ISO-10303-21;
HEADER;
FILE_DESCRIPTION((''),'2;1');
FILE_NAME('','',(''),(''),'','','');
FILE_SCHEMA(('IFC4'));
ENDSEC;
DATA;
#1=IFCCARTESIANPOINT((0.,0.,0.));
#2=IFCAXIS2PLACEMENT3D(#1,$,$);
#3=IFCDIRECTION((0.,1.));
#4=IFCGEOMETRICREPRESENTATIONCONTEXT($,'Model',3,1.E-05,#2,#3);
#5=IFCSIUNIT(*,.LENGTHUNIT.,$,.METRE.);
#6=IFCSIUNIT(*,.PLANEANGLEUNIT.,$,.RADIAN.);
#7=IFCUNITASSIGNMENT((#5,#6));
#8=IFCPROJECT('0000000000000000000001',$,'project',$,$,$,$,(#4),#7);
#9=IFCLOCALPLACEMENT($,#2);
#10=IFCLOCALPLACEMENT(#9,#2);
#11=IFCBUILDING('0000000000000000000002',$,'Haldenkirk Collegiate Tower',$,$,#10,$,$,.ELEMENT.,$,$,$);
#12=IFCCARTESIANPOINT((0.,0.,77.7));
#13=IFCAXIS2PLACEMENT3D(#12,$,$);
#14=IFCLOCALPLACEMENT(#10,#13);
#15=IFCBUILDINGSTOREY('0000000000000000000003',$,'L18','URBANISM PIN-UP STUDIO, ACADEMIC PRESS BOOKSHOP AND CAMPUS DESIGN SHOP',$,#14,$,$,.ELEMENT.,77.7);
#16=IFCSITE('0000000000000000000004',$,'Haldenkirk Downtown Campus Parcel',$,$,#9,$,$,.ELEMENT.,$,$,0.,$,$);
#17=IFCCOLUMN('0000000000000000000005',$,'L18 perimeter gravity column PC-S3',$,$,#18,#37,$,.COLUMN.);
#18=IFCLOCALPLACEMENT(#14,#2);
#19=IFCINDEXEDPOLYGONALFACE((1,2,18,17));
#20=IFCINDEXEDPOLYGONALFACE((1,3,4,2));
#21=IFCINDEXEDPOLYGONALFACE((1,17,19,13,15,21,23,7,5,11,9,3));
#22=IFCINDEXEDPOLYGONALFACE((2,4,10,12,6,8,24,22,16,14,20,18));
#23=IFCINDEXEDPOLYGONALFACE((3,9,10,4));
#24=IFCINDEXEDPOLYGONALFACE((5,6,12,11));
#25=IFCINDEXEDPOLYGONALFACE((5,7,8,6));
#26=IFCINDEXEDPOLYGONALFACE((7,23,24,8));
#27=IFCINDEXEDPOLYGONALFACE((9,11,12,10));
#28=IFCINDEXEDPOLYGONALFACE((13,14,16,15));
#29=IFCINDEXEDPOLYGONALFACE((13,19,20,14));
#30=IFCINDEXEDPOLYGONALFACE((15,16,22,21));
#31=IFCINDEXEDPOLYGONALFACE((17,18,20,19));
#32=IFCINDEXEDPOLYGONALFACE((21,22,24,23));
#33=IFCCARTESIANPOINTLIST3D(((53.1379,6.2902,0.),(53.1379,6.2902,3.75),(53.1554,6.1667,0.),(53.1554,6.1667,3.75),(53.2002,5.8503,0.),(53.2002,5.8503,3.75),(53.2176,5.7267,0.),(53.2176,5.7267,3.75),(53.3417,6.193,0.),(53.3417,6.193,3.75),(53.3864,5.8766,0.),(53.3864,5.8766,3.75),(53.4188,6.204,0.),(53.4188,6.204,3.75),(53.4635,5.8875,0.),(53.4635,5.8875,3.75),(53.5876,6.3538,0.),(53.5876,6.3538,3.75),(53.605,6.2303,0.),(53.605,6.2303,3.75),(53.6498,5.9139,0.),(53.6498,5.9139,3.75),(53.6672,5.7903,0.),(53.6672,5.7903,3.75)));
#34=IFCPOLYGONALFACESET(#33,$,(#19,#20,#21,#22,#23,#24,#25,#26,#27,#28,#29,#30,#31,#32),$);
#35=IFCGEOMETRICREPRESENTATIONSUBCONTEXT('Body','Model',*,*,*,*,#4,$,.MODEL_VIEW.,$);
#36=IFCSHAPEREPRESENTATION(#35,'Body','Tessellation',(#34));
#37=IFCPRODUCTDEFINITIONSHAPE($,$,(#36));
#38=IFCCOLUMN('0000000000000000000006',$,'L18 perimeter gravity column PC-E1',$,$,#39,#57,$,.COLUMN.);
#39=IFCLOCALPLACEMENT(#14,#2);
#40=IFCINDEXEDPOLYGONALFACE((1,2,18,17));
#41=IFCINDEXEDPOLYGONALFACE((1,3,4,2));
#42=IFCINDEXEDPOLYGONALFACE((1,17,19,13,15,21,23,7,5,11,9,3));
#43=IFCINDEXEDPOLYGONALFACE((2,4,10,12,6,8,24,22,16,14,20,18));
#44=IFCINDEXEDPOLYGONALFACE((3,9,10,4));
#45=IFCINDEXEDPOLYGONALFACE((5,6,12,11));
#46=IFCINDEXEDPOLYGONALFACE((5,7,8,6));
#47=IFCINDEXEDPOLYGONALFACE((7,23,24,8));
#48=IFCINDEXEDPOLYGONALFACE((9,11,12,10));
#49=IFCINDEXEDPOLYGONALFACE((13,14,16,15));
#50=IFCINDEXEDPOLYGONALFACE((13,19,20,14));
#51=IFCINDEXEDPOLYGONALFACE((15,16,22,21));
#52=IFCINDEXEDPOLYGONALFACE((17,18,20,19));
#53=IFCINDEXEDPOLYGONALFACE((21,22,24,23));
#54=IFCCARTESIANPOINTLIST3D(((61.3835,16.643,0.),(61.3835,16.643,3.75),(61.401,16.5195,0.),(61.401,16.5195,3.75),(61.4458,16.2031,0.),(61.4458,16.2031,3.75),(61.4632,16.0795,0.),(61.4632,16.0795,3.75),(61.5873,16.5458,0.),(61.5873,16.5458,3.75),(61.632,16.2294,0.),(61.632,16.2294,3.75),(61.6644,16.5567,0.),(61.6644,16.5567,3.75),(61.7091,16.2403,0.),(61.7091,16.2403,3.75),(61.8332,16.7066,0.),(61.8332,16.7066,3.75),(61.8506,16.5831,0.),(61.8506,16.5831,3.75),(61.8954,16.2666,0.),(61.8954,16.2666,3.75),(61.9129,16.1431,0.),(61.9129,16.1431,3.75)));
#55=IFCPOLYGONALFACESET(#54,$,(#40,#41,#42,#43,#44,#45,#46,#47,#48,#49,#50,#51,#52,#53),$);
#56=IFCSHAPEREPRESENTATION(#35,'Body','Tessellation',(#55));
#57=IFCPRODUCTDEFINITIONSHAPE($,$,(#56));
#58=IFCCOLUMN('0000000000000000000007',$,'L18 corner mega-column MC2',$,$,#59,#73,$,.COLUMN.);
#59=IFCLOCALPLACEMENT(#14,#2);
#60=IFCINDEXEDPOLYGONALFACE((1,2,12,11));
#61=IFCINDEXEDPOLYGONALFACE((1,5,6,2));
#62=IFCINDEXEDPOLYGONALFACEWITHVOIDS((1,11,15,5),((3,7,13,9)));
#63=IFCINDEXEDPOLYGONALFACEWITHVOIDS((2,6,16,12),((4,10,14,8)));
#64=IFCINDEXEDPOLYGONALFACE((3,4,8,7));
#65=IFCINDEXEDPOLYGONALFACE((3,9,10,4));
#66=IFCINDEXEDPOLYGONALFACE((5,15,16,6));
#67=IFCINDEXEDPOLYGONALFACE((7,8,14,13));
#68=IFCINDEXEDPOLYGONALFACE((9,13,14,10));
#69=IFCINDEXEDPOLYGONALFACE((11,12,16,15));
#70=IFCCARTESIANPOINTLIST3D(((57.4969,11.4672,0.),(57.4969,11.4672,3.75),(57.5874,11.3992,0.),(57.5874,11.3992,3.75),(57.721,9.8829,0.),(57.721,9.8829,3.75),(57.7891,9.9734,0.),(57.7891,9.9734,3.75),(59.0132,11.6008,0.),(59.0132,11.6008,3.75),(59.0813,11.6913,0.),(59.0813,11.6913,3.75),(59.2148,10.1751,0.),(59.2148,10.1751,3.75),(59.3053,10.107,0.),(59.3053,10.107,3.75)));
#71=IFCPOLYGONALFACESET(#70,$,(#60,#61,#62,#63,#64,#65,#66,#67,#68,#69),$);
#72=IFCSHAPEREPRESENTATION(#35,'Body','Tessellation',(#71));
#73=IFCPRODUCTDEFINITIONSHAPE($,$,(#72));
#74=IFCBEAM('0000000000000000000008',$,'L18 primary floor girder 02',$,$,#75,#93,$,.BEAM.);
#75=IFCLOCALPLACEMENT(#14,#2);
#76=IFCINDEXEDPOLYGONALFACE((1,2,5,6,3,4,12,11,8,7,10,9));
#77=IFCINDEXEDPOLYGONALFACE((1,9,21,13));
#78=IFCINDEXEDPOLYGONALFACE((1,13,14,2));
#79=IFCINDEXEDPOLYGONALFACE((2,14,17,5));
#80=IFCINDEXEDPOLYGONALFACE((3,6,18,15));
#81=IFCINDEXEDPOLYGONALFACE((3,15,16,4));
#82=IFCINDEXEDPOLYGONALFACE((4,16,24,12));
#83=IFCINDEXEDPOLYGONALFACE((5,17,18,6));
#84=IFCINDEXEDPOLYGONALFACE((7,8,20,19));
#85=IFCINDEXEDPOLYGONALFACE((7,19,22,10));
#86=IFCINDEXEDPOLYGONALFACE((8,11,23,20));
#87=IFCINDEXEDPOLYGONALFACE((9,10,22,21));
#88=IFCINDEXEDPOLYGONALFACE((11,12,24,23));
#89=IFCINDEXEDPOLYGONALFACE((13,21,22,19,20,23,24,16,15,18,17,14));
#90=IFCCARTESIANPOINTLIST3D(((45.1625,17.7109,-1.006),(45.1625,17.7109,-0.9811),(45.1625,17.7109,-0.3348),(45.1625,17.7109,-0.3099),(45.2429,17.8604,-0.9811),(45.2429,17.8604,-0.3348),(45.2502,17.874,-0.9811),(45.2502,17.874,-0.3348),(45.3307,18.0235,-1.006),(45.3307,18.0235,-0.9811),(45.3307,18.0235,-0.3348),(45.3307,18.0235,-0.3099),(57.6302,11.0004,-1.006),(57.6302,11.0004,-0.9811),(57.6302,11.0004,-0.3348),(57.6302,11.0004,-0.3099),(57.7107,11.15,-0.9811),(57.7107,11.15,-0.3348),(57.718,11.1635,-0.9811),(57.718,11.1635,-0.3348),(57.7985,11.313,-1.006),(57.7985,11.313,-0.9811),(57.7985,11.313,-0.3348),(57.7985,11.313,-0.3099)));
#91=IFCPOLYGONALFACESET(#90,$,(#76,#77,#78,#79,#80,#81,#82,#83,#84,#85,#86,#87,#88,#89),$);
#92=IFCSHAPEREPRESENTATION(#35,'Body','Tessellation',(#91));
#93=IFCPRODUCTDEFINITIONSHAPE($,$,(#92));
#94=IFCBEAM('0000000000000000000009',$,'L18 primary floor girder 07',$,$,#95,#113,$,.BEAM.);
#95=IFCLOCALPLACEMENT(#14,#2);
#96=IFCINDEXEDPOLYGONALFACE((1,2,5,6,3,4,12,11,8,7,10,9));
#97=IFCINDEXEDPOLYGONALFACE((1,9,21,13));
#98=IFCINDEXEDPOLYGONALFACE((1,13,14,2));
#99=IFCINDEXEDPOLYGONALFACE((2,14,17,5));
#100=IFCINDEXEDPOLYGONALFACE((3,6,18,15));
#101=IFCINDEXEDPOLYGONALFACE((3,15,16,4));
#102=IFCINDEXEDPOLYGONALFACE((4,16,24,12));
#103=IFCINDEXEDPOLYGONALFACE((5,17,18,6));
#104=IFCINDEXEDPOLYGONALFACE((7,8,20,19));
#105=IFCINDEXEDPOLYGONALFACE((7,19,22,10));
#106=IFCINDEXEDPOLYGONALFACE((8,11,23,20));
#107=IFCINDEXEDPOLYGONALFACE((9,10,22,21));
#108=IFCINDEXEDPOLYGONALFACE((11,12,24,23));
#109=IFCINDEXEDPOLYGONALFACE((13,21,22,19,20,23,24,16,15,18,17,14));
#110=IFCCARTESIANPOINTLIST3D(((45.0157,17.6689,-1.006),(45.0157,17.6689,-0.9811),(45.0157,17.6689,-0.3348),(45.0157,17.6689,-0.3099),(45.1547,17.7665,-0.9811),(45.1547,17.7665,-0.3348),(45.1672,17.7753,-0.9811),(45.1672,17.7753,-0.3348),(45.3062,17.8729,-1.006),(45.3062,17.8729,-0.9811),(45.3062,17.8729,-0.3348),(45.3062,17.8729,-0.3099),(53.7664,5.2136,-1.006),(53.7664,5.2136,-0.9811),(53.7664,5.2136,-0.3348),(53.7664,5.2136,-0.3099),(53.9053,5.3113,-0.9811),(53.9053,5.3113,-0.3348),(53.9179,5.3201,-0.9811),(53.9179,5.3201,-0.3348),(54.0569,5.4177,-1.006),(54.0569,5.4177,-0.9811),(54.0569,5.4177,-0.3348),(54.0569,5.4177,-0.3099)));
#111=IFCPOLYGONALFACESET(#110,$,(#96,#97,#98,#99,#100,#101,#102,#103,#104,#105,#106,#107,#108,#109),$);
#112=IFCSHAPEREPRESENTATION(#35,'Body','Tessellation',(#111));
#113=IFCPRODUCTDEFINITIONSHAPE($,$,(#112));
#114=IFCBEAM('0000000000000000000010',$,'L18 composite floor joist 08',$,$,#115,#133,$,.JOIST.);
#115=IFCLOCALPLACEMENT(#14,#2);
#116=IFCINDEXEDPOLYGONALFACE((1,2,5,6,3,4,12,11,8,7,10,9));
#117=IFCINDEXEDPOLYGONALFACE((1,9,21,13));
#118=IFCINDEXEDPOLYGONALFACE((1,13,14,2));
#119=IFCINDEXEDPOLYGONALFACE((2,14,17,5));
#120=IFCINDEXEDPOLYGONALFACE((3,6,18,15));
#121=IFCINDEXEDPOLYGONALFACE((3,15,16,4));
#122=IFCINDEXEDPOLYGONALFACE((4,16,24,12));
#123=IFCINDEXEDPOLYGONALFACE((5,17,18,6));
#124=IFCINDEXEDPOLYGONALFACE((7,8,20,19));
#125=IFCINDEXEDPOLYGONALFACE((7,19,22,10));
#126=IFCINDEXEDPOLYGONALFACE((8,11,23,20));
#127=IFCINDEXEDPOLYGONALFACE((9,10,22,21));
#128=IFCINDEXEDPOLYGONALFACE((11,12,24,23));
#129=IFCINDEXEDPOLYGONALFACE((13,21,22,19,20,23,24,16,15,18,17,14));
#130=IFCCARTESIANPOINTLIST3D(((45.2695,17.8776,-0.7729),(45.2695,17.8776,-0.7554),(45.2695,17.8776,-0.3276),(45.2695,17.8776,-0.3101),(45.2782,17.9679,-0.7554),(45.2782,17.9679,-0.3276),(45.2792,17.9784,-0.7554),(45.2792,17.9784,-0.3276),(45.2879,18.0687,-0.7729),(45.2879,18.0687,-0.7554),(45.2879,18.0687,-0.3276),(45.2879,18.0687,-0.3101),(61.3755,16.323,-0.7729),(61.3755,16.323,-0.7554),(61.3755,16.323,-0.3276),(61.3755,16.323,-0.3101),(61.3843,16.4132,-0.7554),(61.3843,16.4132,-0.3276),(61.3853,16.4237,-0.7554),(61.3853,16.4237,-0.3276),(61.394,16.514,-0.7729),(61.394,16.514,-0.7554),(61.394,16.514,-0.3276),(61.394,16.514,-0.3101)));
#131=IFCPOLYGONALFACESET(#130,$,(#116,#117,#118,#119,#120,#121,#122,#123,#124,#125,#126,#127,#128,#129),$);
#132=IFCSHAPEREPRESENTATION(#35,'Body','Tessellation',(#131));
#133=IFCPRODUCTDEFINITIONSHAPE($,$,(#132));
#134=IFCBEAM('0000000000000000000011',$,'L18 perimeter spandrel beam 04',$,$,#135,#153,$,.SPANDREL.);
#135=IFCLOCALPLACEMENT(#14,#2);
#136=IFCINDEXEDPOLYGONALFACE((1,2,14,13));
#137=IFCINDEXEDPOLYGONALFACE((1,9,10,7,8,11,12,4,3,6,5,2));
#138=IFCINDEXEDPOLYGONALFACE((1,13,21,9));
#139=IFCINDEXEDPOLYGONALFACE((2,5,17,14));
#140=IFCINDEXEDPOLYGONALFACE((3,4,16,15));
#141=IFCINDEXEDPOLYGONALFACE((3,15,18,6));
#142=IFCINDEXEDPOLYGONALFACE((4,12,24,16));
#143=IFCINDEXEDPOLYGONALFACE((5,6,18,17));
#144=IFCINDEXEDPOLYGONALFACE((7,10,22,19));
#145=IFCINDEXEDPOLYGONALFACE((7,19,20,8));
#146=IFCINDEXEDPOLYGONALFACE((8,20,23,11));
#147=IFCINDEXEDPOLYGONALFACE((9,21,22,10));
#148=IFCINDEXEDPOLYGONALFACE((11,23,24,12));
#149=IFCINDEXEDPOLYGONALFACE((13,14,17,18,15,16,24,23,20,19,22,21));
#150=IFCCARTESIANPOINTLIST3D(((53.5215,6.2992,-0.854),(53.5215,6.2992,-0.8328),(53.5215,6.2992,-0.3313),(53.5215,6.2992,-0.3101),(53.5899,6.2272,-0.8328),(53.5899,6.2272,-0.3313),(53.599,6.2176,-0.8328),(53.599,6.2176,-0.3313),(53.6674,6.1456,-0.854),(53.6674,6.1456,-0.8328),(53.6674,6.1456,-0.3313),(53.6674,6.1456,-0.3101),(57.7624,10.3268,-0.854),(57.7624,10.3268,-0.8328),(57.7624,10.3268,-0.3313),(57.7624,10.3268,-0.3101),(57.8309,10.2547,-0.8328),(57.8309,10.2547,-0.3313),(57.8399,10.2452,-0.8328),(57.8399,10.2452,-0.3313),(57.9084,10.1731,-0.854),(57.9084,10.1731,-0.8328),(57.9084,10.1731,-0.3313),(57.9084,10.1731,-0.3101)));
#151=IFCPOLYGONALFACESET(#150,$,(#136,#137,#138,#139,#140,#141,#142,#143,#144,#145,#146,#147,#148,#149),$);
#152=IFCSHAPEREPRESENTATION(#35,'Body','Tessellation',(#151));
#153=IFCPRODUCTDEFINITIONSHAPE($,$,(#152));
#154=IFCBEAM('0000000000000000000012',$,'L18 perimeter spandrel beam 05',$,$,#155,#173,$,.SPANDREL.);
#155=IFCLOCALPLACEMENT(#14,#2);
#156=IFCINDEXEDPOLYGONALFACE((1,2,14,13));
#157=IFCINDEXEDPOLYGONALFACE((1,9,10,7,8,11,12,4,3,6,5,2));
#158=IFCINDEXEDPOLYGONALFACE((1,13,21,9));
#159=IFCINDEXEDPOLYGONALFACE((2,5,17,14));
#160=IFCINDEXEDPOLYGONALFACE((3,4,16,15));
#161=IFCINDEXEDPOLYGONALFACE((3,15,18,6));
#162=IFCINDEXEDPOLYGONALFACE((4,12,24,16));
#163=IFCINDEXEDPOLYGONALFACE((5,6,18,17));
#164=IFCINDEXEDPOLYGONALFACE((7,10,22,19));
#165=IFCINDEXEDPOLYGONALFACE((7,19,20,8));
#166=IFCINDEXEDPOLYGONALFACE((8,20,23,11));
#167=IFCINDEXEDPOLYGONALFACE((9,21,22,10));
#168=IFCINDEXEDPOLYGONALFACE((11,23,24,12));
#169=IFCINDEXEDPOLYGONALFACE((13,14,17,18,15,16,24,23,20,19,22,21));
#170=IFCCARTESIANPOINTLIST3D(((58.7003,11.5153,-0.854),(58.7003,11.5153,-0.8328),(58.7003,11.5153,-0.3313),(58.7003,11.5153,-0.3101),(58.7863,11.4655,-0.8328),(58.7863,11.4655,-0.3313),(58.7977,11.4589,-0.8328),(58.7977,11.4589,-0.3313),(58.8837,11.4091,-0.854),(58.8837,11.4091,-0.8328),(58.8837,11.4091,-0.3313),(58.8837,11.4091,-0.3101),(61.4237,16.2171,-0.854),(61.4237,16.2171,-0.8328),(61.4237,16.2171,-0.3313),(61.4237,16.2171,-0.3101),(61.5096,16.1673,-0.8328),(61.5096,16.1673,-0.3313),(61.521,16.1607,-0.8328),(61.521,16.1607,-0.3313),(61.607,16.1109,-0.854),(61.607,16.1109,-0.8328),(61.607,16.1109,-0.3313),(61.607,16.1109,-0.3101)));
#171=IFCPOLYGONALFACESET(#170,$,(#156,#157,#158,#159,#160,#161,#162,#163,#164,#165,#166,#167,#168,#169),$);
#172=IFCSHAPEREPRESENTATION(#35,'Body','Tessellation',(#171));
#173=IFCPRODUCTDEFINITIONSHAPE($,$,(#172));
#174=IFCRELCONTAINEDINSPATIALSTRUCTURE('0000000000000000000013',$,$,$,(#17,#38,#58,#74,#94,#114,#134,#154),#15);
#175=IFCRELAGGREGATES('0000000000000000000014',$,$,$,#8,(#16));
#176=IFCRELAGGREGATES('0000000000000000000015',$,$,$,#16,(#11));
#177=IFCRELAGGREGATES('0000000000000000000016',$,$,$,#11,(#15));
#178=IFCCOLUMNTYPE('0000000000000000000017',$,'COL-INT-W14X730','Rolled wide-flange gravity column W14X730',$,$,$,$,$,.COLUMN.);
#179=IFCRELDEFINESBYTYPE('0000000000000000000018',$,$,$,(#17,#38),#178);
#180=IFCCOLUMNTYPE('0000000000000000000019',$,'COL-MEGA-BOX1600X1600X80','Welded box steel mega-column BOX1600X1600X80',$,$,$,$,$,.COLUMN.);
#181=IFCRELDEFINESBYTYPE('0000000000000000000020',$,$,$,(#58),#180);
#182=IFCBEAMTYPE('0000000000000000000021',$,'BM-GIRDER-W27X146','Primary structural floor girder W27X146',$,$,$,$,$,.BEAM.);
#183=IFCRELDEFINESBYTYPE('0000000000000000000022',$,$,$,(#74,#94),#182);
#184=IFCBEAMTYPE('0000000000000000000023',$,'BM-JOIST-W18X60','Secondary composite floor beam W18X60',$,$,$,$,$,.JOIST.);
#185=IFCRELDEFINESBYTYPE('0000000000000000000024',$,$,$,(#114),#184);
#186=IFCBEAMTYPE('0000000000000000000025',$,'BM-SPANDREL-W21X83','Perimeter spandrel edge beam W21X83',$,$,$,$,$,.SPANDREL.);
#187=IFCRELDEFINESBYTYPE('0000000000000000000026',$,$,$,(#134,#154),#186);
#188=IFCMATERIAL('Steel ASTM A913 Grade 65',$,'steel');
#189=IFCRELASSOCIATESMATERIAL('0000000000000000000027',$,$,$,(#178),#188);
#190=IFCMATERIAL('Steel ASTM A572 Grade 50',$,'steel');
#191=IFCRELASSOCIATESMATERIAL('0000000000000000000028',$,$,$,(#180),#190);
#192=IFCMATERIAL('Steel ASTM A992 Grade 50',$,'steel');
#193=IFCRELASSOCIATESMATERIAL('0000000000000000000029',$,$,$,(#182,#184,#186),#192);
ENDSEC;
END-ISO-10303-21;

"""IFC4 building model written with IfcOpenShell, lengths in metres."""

from ifc_helpers import new_model, si_unit, direction, frame, origin, origin_2d, place, context, subcontext, project, spatial, hollow_rectangle, i_section, extrude, material, material_profile, profile_set, type_object, element, save


model = new_model("IFC4")

# Units and contexts
model_context = context("Model", 3, precision=1e-05, world=origin(), true_north=direction((0.0, 1.0)))
body_context = subcontext(model_context, "Body", "Model", "MODEL_VIEW")
ifc_project = project(units=[si_unit("LENGTHUNIT", "METRE"), si_unit("PLANEANGLEUNIT", "RADIAN")], contexts=[model_context])

# Site, building, storey
site_placement = place(None, origin())
site = spatial("IfcSite", under=ifc_project, at=site_placement, Name="Haldenkirk Downtown Campus Parcel", CompositionType="ELEMENT", RefElevation=0.0)
building_placement = place(site_placement, origin())
building = spatial("IfcBuilding", under=site, at=building_placement, Name="Haldenkirk Collegiate Tower", CompositionType="ELEMENT")
storey_placement = place(building_placement, frame((0.0, 0.0, 77.7)))
storey = spatial("IfcBuildingStorey", under=building, at=storey_placement, Name="L18", Description="URBANISM PIN-UP STUDIO, ACADEMIC PRESS BOOKSHOP AND CAMPUS DESIGN SHOP", CompositionType="ELEMENT", Elevation=77.7)

# Columns
ifc_material_1 = material(Name="Steel ASTM A913 Grade 65", Category="steel")
ifc_material_profile_1 = material_profile(ifc_material_1, i_section(OverallWidth=0.4541, OverallDepth=0.5691, WebThickness=0.0779, FlangeThickness=0.1248, at=origin_2d()), Name="W14X730")
ifc_profile_set_1 = profile_set([ifc_material_profile_1], Name="Steel ASTM A913 Grade 65")
column_type_1 = type_object("IfcColumnType", Name="COL-INT-W14X730", Description="Rolled wide-flange gravity column W14X730", PredefinedType="COLUMN", material=ifc_profile_set_1)
for number, where, z_axis, x_axis, name in (
    (1, (53.4026, 6.0403, 0.0), (0.0, 0.0, 1.0), (0.990146, 0.140037, 0.0), "L18 perimeter gravity column PC-S3"),
    (2, (61.6482, 16.3931, 0.0), (0.0, 0.0, 1.0), (0.990146, 0.140037, 0.0), "L18 perimeter gravity column PC-E1"),
):
    element("IfcColumn", number, at=place(storey_placement, frame(where, z_axis=z_axis, x_axis=x_axis)), inside=storey, type_object=column_type_1, Name=name, PredefinedType="COLUMN", context=body_context, shape_type="SweptSolid", body=[
        extrude(i_section(OverallWidth=0.4541, OverallDepth=0.5691, WebThickness=0.0779, FlangeThickness=0.1248, at=origin_2d()), origin(), (0.0, 0.0, 1.0), 3.75),
    ])
ifc_material_2 = material(Name="Steel ASTM A572 Grade 50", Category="steel")
ifc_material_profile_2 = material_profile(ifc_material_2, hollow_rectangle(XDim=1.6001, YDim=1.6001, WallThickness=0.0801, at=origin_2d()), Name="BOX1600X1600X80")
ifc_profile_set_2 = profile_set([ifc_material_profile_2], Name="Steel ASTM A572 Grade 50")
column_type_2 = type_object("IfcColumnType", Name="COL-MEGA-BOX1600X1600X80", Description="Welded box steel mega-column BOX1600X1600X80", PredefinedType="COLUMN", material=ifc_profile_set_2)
column_placement = place(storey_placement, frame((58.4011, 10.7871, 0.0), z_axis=(0.0, 0.0, 1.0), x_axis=(0.990146, 0.140037, 0.0)))
element("IfcColumn", 3, at=column_placement, inside=storey, type_object=column_type_2, Name="L18 corner mega-column MC2", PredefinedType="COLUMN", context=body_context, shape_type="SweptSolid", body=[
    extrude(hollow_rectangle(XDim=1.6001, YDim=1.6001, WallThickness=0.0801, at=origin_2d()), origin(), (0.0, 0.0, 1.0), 3.75),
])

# Beams
ifc_material_3 = material(Name="Steel ASTM A992 Grade 50", Category="steel")
ifc_material_profile_3 = material_profile(ifc_material_3, i_section(OverallWidth=0.355, OverallDepth=0.696, WebThickness=0.0154, FlangeThickness=0.0249, at=origin_2d()), Name="W27X146")
ifc_profile_set_3 = profile_set([ifc_material_profile_3], Name="Steel ASTM A992 Grade 50")
beam_type_1 = type_object("IfcBeamType", Name="BM-GIRDER-W27X146", Description="Primary structural floor girder W27X146", PredefinedType="BEAM", material=ifc_profile_set_3)
beam_1_placement = place(storey_placement, frame((57.7144, 11.1567, -0.658), z_axis=(-0.880559, 0.473937, 0.0), x_axis=(-0.473937, -0.880559, 0.0)))
element("IfcBeam", 4, at=beam_1_placement, inside=storey, type_object=beam_type_1, Name="L18 primary floor girder 02", PredefinedType="BEAM", context=body_context, shape_type="SweptSolid", body=[
    extrude(i_section(OverallWidth=0.355, OverallDepth=0.696, WebThickness=0.0154, FlangeThickness=0.0249, at=origin_2d()), origin(), (0.0, 0.0, 1.0), 14.1589),
])
beam_2_placement = place(storey_placement, frame((53.9116, 5.3157, -0.658), z_axis=(-0.574873, 0.818243, 0.0), x_axis=(-0.818243, -0.574873, 0.0)))
element("IfcBeam", 5, at=beam_2_placement, inside=storey, type_object=beam_type_1, Name="L18 primary floor girder 07", PredefinedType="BEAM", context=body_context, shape_type="SweptSolid", body=[
    extrude(i_section(OverallWidth=0.355, OverallDepth=0.696, WebThickness=0.0154, FlangeThickness=0.0249, at=origin_2d()), origin(), (0.0, 0.0, 1.0), 15.2219),
])
ifc_material_profile_4 = material_profile(ifc_material_3, i_section(OverallWidth=0.1919, OverallDepth=0.4629, WebThickness=0.0105, FlangeThickness=0.0176, at=origin_2d()), Name="W18X60")
ifc_profile_set_4 = profile_set([ifc_material_profile_4], Name="Steel ASTM A992 Grade 50")
beam_type_2 = type_object("IfcBeamType", Name="BM-JOIST-W18X60", Description="Secondary composite floor beam W18X60", PredefinedType="JOIST", material=ifc_profile_set_4)
beam_3_placement = place(storey_placement, frame((61.3848, 16.4185, -0.5415), z_axis=(-0.995373, 0.096082, 0.0), x_axis=(-0.096082, -0.995373, 0.0)))
element("IfcBeam", 6, at=beam_3_placement, inside=storey, type_object=beam_type_2, Name="L18 composite floor joist 08", PredefinedType="JOIST", context=body_context, shape_type="SweptSolid", body=[
    extrude(i_section(OverallWidth=0.1919, OverallDepth=0.4629, WebThickness=0.0105, FlangeThickness=0.0176, at=origin_2d()), origin(), (0.0, 0.0, 1.0), 16.1809),
])
ifc_material_profile_5 = material_profile(ifc_material_3, i_section(OverallWidth=0.2119, OverallDepth=0.5439, WebThickness=0.0132, FlangeThickness=0.0212, at=origin_2d()), Name="W21X83")
ifc_profile_set_5 = profile_set([ifc_material_profile_5], Name="Steel ASTM A992 Grade 50")
beam_type_3 = type_object("IfcBeamType", Name="BM-SPANDREL-W21X83", Description="Perimeter spandrel edge beam W21X83", PredefinedType="SPANDREL", material=ifc_profile_set_5)
beam_4_placement = place(storey_placement, frame((53.5945, 6.2224, -0.582), z_axis=(0.725113, 0.68863, 0.0), x_axis=(-0.68863, 0.725113, 0.0)))
element("IfcBeam", 7, at=beam_4_placement, inside=storey, type_object=beam_type_3, Name="L18 perimeter spandrel beam 04", PredefinedType="SPANDREL", context=body_context, shape_type="SweptSolid", body=[
    extrude(i_section(OverallWidth=0.2119, OverallDepth=0.5439, WebThickness=0.0132, FlangeThickness=0.0212, at=origin_2d()), origin(), (0.0, 0.0, 1.0), 5.8486),
])
beam_5_placement = place(storey_placement, frame((58.792, 11.4622, -0.582), z_axis=(0.501206, 0.865328, 0.0), x_axis=(-0.865328, 0.501206, 0.0)))
element("IfcBeam", 8, at=beam_5_placement, inside=storey, type_object=beam_type_3, Name="L18 perimeter spandrel beam 05", PredefinedType="SPANDREL", context=body_context, shape_type="SweptSolid", body=[
    extrude(i_section(OverallWidth=0.2119, OverallDepth=0.5439, WebThickness=0.0132, FlangeThickness=0.0212, at=origin_2d()), origin(), (0.0, 0.0, 1.0), 5.4336),
])

save(model, "model.ifc")
